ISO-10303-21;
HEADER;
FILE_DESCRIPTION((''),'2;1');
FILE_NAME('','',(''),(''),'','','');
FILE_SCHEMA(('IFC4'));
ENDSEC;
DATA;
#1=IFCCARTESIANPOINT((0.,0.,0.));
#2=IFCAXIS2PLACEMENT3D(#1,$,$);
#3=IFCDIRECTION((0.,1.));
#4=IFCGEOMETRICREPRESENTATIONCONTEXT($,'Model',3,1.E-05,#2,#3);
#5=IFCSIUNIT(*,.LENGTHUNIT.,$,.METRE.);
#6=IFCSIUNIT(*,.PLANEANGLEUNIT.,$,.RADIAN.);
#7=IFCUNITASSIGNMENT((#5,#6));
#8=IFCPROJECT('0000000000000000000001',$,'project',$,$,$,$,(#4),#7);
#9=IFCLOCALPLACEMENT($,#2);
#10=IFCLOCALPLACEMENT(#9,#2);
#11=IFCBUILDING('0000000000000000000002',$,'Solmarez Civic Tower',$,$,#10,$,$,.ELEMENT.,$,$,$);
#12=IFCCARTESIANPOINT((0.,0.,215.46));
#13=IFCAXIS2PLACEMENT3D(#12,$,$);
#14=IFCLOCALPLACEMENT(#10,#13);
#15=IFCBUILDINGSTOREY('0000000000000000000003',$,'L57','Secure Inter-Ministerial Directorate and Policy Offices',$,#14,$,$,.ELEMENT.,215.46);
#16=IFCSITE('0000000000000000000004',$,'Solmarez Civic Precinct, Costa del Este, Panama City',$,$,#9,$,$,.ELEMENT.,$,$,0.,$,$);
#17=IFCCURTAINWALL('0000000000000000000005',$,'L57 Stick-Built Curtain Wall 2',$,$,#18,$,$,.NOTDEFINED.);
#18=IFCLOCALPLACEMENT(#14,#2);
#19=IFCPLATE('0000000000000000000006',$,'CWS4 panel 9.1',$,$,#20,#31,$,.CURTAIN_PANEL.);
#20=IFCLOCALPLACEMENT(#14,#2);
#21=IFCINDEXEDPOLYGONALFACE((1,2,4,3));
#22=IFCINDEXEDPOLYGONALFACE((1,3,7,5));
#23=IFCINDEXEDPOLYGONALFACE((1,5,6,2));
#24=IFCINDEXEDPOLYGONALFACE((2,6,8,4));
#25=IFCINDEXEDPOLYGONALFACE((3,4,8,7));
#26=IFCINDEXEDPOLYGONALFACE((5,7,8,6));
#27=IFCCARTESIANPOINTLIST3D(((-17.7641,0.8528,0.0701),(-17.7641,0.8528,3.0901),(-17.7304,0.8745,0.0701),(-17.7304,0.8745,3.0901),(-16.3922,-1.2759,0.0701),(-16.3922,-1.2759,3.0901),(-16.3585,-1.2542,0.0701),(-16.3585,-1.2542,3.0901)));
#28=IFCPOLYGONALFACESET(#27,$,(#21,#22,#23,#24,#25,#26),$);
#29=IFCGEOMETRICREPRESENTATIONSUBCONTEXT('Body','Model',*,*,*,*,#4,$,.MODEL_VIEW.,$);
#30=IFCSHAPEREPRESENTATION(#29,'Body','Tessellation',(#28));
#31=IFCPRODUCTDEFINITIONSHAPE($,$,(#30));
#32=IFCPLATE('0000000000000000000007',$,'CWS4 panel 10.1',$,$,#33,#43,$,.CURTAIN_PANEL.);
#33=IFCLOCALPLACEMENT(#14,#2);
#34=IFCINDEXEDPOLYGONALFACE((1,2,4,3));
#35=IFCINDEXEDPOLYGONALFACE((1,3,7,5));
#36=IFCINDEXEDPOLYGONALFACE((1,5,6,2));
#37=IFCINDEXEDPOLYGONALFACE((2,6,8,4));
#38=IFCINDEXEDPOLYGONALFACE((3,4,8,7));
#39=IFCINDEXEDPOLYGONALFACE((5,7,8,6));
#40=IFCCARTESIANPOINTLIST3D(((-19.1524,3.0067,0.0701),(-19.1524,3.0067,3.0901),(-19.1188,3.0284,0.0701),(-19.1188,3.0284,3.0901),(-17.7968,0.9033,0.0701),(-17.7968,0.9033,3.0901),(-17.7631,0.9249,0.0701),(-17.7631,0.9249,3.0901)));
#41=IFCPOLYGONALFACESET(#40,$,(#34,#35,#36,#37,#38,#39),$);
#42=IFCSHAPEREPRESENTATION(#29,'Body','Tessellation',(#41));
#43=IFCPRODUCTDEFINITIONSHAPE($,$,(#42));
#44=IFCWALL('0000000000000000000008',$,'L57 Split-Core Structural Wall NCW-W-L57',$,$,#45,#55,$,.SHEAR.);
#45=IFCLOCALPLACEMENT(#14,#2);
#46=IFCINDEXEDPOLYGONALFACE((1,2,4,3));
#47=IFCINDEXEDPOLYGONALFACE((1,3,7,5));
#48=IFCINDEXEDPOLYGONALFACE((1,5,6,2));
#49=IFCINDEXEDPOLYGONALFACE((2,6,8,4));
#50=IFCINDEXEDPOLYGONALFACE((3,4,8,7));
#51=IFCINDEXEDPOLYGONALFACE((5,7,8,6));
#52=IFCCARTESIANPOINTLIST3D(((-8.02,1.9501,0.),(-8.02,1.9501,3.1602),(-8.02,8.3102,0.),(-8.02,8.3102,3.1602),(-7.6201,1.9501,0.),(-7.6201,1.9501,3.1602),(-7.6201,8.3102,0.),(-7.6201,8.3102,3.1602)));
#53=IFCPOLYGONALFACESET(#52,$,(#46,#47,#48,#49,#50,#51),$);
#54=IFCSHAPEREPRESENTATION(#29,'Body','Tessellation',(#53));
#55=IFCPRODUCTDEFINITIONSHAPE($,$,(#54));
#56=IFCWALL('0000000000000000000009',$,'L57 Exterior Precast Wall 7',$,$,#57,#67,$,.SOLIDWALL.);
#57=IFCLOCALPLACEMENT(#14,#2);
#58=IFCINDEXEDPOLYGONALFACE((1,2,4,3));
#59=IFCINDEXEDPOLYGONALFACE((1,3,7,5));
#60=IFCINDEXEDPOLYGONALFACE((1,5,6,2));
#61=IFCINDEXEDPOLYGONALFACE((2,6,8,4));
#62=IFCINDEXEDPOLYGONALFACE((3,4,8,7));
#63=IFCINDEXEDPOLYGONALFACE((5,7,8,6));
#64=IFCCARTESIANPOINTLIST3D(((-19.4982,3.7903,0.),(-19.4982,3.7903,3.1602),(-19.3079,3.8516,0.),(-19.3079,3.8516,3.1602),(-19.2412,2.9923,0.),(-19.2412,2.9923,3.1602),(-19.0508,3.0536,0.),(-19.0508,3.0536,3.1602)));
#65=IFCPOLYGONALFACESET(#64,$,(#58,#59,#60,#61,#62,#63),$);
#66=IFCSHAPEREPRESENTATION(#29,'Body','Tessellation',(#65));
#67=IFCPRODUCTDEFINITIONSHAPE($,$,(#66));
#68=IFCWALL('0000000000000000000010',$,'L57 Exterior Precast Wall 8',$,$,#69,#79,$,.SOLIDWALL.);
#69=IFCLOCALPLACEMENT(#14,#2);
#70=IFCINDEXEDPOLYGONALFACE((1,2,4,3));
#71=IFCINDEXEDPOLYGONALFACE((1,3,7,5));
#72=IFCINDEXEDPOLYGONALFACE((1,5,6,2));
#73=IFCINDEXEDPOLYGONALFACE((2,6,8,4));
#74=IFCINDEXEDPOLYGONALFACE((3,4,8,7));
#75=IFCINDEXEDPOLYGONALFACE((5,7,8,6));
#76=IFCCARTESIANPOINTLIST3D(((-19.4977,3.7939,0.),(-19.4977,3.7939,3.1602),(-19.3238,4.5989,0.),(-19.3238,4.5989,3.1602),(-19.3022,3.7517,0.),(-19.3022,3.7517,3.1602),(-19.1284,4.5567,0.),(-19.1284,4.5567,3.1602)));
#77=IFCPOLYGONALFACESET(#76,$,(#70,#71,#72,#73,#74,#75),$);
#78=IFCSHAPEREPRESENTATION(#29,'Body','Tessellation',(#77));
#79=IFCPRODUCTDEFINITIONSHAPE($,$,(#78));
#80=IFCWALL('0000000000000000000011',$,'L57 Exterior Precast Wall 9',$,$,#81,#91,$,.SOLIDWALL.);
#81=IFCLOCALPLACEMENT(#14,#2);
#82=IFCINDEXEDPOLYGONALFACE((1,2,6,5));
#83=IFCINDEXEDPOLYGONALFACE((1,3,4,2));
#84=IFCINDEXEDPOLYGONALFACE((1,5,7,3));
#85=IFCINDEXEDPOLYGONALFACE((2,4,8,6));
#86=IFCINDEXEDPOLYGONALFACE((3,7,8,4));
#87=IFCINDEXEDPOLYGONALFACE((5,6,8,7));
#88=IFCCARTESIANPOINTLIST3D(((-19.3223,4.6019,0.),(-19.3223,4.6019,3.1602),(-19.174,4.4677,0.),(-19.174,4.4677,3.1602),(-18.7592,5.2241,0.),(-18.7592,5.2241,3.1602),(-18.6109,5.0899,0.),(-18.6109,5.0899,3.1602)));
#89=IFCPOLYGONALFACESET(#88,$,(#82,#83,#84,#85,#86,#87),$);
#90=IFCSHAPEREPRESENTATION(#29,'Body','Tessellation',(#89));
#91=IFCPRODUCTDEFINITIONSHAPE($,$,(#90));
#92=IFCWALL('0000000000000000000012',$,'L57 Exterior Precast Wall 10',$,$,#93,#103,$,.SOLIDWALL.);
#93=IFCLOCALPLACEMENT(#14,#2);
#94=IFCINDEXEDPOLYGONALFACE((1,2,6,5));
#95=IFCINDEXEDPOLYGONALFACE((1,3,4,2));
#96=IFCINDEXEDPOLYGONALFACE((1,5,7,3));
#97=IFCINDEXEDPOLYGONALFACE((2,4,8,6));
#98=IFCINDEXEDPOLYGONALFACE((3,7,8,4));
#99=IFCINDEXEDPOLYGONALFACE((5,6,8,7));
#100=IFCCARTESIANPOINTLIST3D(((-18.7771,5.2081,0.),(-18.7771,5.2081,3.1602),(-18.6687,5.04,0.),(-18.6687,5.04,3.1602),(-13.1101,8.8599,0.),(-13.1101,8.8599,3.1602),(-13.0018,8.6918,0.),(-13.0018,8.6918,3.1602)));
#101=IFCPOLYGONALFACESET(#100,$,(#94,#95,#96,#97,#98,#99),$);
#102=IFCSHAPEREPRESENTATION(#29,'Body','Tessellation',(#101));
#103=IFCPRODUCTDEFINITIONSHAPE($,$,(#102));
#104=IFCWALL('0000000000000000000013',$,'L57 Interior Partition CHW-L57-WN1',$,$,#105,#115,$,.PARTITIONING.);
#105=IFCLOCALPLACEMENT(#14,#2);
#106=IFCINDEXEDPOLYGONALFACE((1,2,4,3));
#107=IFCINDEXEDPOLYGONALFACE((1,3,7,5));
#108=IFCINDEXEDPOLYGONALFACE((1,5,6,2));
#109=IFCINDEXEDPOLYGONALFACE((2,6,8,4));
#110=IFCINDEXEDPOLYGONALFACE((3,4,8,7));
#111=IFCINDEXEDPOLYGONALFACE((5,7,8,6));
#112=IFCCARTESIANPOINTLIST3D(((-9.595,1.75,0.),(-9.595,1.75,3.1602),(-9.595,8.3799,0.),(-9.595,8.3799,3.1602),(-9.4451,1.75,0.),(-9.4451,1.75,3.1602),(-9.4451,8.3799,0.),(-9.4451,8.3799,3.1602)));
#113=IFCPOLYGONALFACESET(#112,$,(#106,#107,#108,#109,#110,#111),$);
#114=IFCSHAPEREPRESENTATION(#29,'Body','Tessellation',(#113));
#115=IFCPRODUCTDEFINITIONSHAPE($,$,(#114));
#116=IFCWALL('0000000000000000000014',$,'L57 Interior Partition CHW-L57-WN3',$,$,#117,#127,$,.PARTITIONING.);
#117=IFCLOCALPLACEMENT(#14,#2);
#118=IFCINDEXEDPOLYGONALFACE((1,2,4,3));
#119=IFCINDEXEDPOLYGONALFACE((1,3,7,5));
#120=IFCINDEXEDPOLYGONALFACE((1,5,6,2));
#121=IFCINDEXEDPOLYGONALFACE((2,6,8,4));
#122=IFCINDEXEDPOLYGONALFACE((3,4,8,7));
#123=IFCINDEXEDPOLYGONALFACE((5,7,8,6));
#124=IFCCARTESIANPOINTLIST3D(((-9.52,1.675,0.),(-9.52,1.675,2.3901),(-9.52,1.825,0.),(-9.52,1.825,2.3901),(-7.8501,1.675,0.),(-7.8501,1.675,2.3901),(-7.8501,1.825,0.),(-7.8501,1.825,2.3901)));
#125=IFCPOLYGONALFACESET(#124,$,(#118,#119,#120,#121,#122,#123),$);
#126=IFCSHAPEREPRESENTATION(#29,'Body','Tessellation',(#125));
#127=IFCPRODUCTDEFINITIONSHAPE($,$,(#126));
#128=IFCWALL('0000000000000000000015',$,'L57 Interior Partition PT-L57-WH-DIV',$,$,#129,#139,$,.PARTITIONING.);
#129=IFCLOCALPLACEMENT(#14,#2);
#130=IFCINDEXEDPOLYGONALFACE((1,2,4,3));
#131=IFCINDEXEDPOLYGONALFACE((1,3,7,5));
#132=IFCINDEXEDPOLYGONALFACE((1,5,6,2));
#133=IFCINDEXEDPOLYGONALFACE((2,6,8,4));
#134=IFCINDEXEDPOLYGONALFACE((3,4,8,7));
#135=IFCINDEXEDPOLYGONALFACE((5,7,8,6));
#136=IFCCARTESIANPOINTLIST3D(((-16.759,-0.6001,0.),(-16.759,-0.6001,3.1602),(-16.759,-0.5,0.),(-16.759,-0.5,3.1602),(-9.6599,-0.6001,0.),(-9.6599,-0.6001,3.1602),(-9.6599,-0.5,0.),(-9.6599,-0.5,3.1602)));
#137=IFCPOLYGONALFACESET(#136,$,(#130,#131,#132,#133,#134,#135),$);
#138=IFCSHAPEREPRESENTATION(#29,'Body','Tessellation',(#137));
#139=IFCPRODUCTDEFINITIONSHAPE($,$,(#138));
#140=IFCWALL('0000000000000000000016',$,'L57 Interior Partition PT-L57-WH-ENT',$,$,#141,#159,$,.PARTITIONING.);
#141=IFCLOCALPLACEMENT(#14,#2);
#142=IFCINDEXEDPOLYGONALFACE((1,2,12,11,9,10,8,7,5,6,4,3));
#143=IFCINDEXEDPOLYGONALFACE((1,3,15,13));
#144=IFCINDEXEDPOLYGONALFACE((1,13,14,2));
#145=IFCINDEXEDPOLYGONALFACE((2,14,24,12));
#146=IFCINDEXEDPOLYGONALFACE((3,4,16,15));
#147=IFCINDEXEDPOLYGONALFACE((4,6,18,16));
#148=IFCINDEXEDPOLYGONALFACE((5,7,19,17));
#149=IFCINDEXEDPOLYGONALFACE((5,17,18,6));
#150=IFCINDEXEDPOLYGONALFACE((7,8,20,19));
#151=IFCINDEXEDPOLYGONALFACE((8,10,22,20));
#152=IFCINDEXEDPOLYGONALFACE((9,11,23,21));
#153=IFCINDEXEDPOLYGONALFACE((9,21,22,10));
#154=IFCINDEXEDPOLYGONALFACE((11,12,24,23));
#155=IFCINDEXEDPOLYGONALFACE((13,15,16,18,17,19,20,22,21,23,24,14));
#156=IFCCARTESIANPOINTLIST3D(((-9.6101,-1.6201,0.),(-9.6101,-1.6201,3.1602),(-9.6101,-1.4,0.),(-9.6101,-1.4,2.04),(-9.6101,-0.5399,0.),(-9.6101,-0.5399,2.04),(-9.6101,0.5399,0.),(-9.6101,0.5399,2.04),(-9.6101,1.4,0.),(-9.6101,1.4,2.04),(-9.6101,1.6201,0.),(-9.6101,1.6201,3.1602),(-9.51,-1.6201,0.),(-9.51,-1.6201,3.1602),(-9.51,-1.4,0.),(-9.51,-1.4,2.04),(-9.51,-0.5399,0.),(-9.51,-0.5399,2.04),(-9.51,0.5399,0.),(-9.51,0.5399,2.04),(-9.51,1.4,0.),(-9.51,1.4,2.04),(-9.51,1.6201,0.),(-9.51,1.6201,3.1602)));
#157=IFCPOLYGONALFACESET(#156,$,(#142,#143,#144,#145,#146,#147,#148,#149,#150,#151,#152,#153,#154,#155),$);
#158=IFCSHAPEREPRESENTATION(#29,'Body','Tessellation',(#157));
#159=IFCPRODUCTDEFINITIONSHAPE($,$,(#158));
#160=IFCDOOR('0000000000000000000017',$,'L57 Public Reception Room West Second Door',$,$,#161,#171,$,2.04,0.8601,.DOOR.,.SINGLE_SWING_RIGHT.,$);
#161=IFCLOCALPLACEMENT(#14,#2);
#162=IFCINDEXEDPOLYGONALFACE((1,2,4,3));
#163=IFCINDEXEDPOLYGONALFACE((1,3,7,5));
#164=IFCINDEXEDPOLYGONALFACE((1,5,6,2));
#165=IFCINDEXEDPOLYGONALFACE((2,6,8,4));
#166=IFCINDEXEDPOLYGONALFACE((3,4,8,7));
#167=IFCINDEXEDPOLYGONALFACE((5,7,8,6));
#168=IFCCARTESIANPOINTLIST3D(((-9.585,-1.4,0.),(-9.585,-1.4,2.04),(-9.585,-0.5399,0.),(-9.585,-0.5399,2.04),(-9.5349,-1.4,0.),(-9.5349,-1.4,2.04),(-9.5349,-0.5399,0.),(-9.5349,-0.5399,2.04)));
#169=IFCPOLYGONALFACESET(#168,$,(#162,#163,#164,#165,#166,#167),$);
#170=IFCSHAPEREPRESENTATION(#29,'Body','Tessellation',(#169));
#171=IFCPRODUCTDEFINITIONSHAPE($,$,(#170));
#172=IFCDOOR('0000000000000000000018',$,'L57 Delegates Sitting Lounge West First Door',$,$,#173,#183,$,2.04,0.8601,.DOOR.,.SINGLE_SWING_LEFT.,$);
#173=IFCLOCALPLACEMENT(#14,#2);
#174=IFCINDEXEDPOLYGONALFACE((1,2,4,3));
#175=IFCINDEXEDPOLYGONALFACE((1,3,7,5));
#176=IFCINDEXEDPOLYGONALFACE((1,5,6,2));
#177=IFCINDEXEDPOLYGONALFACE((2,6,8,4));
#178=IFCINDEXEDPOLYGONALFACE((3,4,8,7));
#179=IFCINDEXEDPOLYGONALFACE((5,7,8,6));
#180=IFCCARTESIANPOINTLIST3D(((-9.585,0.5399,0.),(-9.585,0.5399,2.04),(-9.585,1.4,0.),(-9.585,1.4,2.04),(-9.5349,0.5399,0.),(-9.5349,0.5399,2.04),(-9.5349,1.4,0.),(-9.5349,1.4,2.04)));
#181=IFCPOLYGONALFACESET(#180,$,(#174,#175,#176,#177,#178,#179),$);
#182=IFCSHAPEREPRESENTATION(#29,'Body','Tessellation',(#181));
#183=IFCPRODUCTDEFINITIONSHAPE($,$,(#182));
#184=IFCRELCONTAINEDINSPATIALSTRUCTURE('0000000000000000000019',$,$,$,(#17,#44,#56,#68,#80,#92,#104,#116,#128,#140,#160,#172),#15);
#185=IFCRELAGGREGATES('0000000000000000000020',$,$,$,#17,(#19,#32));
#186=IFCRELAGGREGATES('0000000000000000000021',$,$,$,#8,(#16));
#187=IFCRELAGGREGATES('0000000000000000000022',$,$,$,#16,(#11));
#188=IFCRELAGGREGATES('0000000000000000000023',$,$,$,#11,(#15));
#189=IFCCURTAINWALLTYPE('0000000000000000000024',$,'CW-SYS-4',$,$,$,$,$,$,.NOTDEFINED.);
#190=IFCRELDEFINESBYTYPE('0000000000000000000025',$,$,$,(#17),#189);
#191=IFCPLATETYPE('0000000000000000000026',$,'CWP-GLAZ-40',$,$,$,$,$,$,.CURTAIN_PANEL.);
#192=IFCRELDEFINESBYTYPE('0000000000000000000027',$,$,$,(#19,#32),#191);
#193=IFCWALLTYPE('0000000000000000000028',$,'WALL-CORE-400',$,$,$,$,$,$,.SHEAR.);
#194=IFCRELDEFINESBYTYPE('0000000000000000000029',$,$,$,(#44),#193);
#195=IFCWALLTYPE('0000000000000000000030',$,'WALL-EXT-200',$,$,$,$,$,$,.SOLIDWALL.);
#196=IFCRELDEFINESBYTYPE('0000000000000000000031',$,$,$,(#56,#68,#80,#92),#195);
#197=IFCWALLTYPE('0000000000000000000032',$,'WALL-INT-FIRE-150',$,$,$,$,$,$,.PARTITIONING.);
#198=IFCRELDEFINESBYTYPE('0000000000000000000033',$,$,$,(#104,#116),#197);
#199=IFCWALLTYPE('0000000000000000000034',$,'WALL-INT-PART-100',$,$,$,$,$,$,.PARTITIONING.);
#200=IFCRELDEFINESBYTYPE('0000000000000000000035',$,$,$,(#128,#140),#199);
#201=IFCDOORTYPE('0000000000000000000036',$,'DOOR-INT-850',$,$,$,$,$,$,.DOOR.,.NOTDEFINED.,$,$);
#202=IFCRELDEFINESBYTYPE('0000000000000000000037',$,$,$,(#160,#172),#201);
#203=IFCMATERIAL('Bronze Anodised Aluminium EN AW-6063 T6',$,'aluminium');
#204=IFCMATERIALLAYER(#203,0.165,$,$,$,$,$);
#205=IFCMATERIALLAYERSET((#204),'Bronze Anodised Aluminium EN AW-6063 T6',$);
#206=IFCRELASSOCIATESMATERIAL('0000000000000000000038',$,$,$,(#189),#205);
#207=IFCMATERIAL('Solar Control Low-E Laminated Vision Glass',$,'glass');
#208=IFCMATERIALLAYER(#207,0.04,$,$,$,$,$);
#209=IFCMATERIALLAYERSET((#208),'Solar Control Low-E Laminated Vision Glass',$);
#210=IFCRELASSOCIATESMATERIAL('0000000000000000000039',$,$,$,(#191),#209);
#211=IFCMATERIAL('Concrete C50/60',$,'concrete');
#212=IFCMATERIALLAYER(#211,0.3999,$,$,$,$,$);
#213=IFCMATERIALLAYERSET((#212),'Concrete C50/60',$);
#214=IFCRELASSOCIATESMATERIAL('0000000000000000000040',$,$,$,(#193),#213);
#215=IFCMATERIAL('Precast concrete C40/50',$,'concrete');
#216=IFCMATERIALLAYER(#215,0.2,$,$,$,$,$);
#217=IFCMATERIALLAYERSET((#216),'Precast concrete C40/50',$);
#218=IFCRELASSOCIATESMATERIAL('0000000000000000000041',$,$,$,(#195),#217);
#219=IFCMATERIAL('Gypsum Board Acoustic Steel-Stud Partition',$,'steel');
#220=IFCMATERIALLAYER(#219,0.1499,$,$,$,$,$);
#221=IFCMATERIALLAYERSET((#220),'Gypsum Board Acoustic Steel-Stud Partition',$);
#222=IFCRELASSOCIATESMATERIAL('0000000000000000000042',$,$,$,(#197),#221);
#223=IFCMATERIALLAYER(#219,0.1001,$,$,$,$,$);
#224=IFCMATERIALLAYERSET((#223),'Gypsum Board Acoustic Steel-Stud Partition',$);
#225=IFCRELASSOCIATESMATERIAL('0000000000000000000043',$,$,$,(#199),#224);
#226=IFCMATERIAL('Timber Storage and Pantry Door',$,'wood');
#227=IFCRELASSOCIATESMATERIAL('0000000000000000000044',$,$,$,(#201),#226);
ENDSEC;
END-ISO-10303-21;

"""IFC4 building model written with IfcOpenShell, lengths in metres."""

from ifc_helpers import new_model, si_unit, direction, frame, frame_2d, origin, origin_2d, place, context, subcontext, project, spatial, rectangle, extrude, material, layer, layer_set, type_object, element, fill, aggregate, save


model = new_model("IFC4")

# Units and contexts
model_context = context("Model", 3, precision=1e-05, world=origin(), true_north=direction((0.0, 1.0)))
body_context = subcontext(model_context, "Body", "Model", "MODEL_VIEW")
ifc_project = project(units=[si_unit("LENGTHUNIT", "METRE"), si_unit("PLANEANGLEUNIT", "RADIAN")], contexts=[model_context])

# Site, building, storey
site_placement = place(None, origin())
site = spatial("IfcSite", under=ifc_project, at=site_placement, Name="Solmarez Civic Precinct, Costa del Este, Panama City", CompositionType="ELEMENT", RefElevation=0.0)
building_placement = place(site_placement, origin())
building = spatial("IfcBuilding", under=site, at=building_placement, Name="Solmarez Civic Tower", CompositionType="ELEMENT")
storey_placement = place(building_placement, frame((0.0, 0.0, 215.46)))
storey = spatial("IfcBuildingStorey", under=building, at=storey_placement, Name="L57", Description="Secure Inter-Ministerial Directorate and Policy Offices", CompositionType="ELEMENT", Elevation=215.46)

# Shared definitions
ifc_material_1 = material(Name="Concrete C50/60", Category="concrete")

# Curtain wall, plates
ifc_material_2 = material(Name="Bronze Anodised Aluminium EN AW-6063 T6", Category="aluminium")
ifc_layer_1 = layer(ifc_material_2, 0.165)
ifc_layer_set_1 = layer_set([ifc_layer_1], Name="Bronze Anodised Aluminium EN AW-6063 T6")
curtain_wall_type = type_object("IfcCurtainWallType", Name="CW-SYS-4", PredefinedType="NOTDEFINED", material=ifc_layer_set_1)
curtain_wall_placement = place(storey_placement, origin())
curtain_wall = element("IfcCurtainWall", 1, at=curtain_wall_placement, inside=storey, type_object=curtain_wall_type, Name="L57 Stick-Built Curtain Wall 2", PredefinedType="NOTDEFINED")
ifc_material_3 = material(Name="Solar Control Low-E Laminated Vision Glass", Category="glass")
ifc_layer_2 = layer(ifc_material_3, 0.04)
ifc_layer_set_2 = layer_set([ifc_layer_2], Name="Solar Control Low-E Laminated Vision Glass")
plate_type = type_object("IfcPlateType", Name="CWP-GLAZ-40", PredefinedType="CURTAIN_PANEL", material=ifc_layer_set_2)
plate_1_placement = place(storey_placement, frame((-17.0613, -0.2007, 0.0701), z_axis=(0.0, 0.0, 1.0), x_axis=(-0.541726, 0.840555, 0.0)))
plate_1 = element("IfcPlate", 2, at=plate_1_placement, type_object=plate_type, Name="CWS4 panel 9.1", PredefinedType="CURTAIN_PANEL", context=body_context, shape_type="SweptSolid", body=[
    extrude(rectangle(XDim=2.5325, YDim=0.04, at=origin_2d()), origin(), (0.0, 0.0, 1.0), 3.02),
])
plate_2_placement = place(storey_placement, frame((-18.4578, 1.9658, 0.0701), z_axis=(0.0, 0.0, 1.0), x_axis=(-0.541726, 0.840555, 0.0)))
plate_2 = element("IfcPlate", 3, at=plate_2_placement, type_object=plate_type, Name="CWS4 panel 10.1", PredefinedType="CURTAIN_PANEL", context=body_context, shape_type="SweptSolid", body=[
    extrude(rectangle(XDim=2.5024, YDim=0.04, at=origin_2d()), origin(), (0.0, 0.0, 1.0), 3.02),
])
aggregate(curtain_wall, [plate_1, plate_2])

# Walls
ifc_layer_3 = layer(ifc_material_1, 0.3999)
ifc_layer_set_3 = layer_set([ifc_layer_3], Name="Concrete C50/60")
wall_type_1 = type_object("IfcWallType", Name="WALL-CORE-400", PredefinedType="SHEAR", material=ifc_layer_set_3)
wall_1_placement = place(storey_placement, frame((-7.8201, 1.95, 0.0), z_axis=(0.0, 0.0, 1.0), x_axis=(0.0, 1.0, 0.0)))
element("IfcWall", 4, at=wall_1_placement, inside=storey, type_object=wall_type_1, Name="L57 Split-Core Structural Wall NCW-W-L57", PredefinedType="SHEAR", context=body_context, shape_type="SweptSolid", body=[
    extrude(rectangle(XDim=6.3601, YDim=0.3999, at=frame_2d((3.1802, 0.0))), origin(), (0.0, 0.0, 1.0), 3.1602),
])
ifc_material_4 = material(Name="Precast concrete C40/50", Category="concrete")
ifc_layer_4 = layer(ifc_material_4, 0.2)
ifc_layer_set_4 = layer_set([ifc_layer_4], Name="Precast concrete C40/50")
wall_type_2 = type_object("IfcWallType", Name="WALL-EXT-200", PredefinedType="SOLIDWALL", material=ifc_layer_set_4)
wall_2_placement = place(storey_placement, frame((-19.146, 3.0229, 0.0), z_axis=(0.0, 0.0, 1.0), x_axis=(-0.306603, 0.951838, 0.0)))
element("IfcWall", 5, at=wall_2_placement, inside=storey, type_object=wall_type_2, Name="L57 Exterior Precast Wall 7", PredefinedType="SOLIDWALL", context=body_context, shape_type="SweptSolid", body=[
    extrude(rectangle(XDim=0.8384, YDim=0.2, at=frame_2d((0.4192, 0.0))), origin(), (0.0, 0.0, 1.0), 3.1602),
])
wall_3_placement = place(storey_placement, frame((-19.3999, 3.7729, 0.0), z_axis=(0.0, 0.0, 1.0), x_axis=(0.211088, 0.977467, 0.0)))
element("IfcWall", 6, at=wall_3_placement, inside=storey, type_object=wall_type_2, Name="L57 Exterior Precast Wall 8", PredefinedType="SOLIDWALL", context=body_context, shape_type="SweptSolid", body=[
    extrude(rectangle(XDim=0.8235, YDim=0.2, at=frame_2d((0.4116, 0.0))), origin(), (0.0, 0.0, 1.0), 3.1602),
])
wall_4_placement = place(storey_placement, frame((-19.248, 4.5349, 0.0), z_axis=(0.0, 0.0, 1.0), x_axis=(0.67102, 0.741439, 0.0)))
element("IfcWall", 7, at=wall_4_placement, inside=storey, type_object=wall_type_2, Name="L57 Exterior Precast Wall 9", PredefinedType="SOLIDWALL", context=body_context, shape_type="SweptSolid", body=[
    extrude(rectangle(XDim=0.8391, YDim=0.2, at=frame_2d((0.4194, 0.0))), origin(), (0.0, 0.0, 1.0), 3.1602),
])
wall_5_placement = place(storey_placement, frame((-18.7229, 5.124, 0.0), z_axis=(0.0, 0.0, 1.0), x_axis=(0.840585, 0.54168, 0.0)))
element("IfcWall", 8, at=wall_5_placement, inside=storey, type_object=wall_type_2, Name="L57 Exterior Precast Wall 10", PredefinedType="SOLIDWALL", context=body_context, shape_type="SweptSolid", body=[
    extrude(rectangle(XDim=6.7417, YDim=0.2, at=frame_2d((3.3708, 0.0))), origin(), (0.0, 0.0, 1.0), 3.1602),
])
ifc_material_5 = material(Name="Gypsum Board Acoustic Steel-Stud Partition", Category="steel")
ifc_layer_5 = layer(ifc_material_5, 0.1499)
ifc_layer_set_5 = layer_set([ifc_layer_5], Name="Gypsum Board Acoustic Steel-Stud Partition")
wall_type_3 = type_object("IfcWallType", Name="WALL-INT-FIRE-150", PredefinedType="PARTITIONING", material=ifc_layer_set_5)
wall_6_placement = place(storey_placement, frame((-9.52, 1.75, 0.0), z_axis=(0.0, 0.0, 1.0), x_axis=(0.0, 1.0, 0.0)))
element("IfcWall", 9, at=wall_6_placement, inside=storey, type_object=wall_type_3, Name="L57 Interior Partition CHW-L57-WN1", PredefinedType="PARTITIONING", context=body_context, shape_type="SweptSolid", body=[
    extrude(rectangle(XDim=6.6299, YDim=0.1499, at=frame_2d((3.3149, 0.0))), origin(), (0.0, 0.0, 1.0), 3.1602),
])
wall_7_placement = place(storey_placement, frame((-7.8501, 1.75, 0.0), z_axis=(0.0, 0.0, 1.0), x_axis=(-1.0, 0.0, 0.0)))
element("IfcWall", 10, at=wall_7_placement, inside=storey, type_object=wall_type_3, Name="L57 Interior Partition CHW-L57-WN3", PredefinedType="PARTITIONING", context=body_context, shape_type="SweptSolid", body=[
    extrude(rectangle(XDim=1.6699, YDim=0.1499, at=frame_2d((0.835, 0.0))), origin(), (0.0, 0.0, 1.0), 2.3901),
])
ifc_layer_6 = layer(ifc_material_5, 0.1001)
ifc_layer_set_6 = layer_set([ifc_layer_6], Name="Gypsum Board Acoustic Steel-Stud Partition")
wall_type_4 = type_object("IfcWallType", Name="WALL-INT-PART-100", PredefinedType="PARTITIONING", material=ifc_layer_set_6)
wall_8_placement = place(storey_placement, frame((-16.759, -0.55, 0.0), z_axis=(0.0, 0.0, 1.0), x_axis=(1.0, 0.0, 0.0)))
element("IfcWall", 11, at=wall_8_placement, inside=storey, type_object=wall_type_4, Name="L57 Interior Partition PT-L57-WH-DIV", PredefinedType="PARTITIONING", context=body_context, shape_type="SweptSolid", body=[
    extrude(rectangle(XDim=7.0991, YDim=0.1001, at=frame_2d((3.5496, 0.0))), origin(), (0.0, 0.0, 1.0), 3.1602),
])

# Wall, openings, doors
wall_9_placement = place(storey_placement, frame((-9.5601, -1.6201, 0.0), z_axis=(0.0, 0.0, 1.0), x_axis=(0.0, 1.0, 0.0)))
wall_9 = element("IfcWall", 12, at=wall_9_placement, inside=storey, type_object=wall_type_4, Name="L57 Interior Partition PT-L57-WH-ENT", PredefinedType="PARTITIONING", context=body_context, shape_type="SweptSolid", body=[
    extrude(rectangle(XDim=3.2402, YDim=0.1001, at=frame_2d((1.6201, 0.0))), origin(), (0.0, 0.0, 1.0), 3.1602),
])
opening_1_placement = place(wall_9_placement, frame((0.22, 0.0, 0.0)))
opening_1 = element("IfcOpeningElement", 13, at=opening_1_placement, cuts=wall_9, PredefinedType="OPENING", context=body_context, shape_type="SweptSolid", body=[
    extrude(rectangle(XDim=0.8601, YDim=2.04, at=frame_2d((0.4302, 1.02))), frame((0.0, 0.0601, 0.0), z_axis=(0.0, -1.0, 0.0), x_axis=(1.0, 0.0, 0.0)), (0.0, 0.0, 1.0), 0.1201),
])
opening_2_placement = place(wall_9_placement, frame((2.1599, 0.0, 0.0)))
opening_2 = element("IfcOpeningElement", 14, at=opening_2_placement, cuts=wall_9, PredefinedType="OPENING", context=body_context, shape_type="SweptSolid", body=[
    extrude(rectangle(XDim=0.8601, YDim=2.04, at=frame_2d((0.4302, 1.02))), frame((0.0, 0.0601, 0.0), z_axis=(0.0, -1.0, 0.0), x_axis=(1.0, 0.0, 0.0)), (0.0, 0.0, 1.0), 0.1201),
])
ifc_material_6 = material(Name="Timber Storage and Pantry Door", Category="wood")
door_type = type_object("IfcDoorType", Name="DOOR-INT-850", OperationType="NOTDEFINED", PredefinedType="DOOR", material=ifc_material_6)
door_1_placement = place(opening_1_placement, origin())
door_1 = element("IfcDoor", 15, at=door_1_placement, inside=storey, type_object=door_type, Name="L57 Public Reception Room West Second Door", OperationType="SINGLE_SWING_RIGHT", OverallHeight=2.04, OverallWidth=0.8601, PredefinedType="DOOR", context=body_context, shape_type="SweptSolid", body=[
    extrude(rectangle(XDim=0.8601, YDim=2.04, at=frame_2d((0.4302, 1.02))), frame((0.0, 0.0249, 0.0), z_axis=(0.0, -1.0, 0.0), x_axis=(1.0, 0.0, 0.0)), (0.0, 0.0, 1.0), 0.05),
])
fill(opening_1, door_1)
door_2_placement = place(opening_2_placement, origin())
door_2 = element("IfcDoor", 16, at=door_2_placement, inside=storey, type_object=door_type, Name="L57 Delegates Sitting Lounge West First Door", OperationType="SINGLE_SWING_LEFT", OverallHeight=2.04, OverallWidth=0.8601, PredefinedType="DOOR", context=body_context, shape_type="SweptSolid", body=[
    extrude(rectangle(XDim=0.8601, YDim=2.04, at=frame_2d((0.4302, 1.02))), frame((0.0, 0.0249, 0.0), z_axis=(0.0, -1.0, 0.0), x_axis=(1.0, 0.0, 0.0)), (0.0, 0.0, 1.0), 0.05),
])
fill(opening_2, door_2)

save(model, "model.ifc")
